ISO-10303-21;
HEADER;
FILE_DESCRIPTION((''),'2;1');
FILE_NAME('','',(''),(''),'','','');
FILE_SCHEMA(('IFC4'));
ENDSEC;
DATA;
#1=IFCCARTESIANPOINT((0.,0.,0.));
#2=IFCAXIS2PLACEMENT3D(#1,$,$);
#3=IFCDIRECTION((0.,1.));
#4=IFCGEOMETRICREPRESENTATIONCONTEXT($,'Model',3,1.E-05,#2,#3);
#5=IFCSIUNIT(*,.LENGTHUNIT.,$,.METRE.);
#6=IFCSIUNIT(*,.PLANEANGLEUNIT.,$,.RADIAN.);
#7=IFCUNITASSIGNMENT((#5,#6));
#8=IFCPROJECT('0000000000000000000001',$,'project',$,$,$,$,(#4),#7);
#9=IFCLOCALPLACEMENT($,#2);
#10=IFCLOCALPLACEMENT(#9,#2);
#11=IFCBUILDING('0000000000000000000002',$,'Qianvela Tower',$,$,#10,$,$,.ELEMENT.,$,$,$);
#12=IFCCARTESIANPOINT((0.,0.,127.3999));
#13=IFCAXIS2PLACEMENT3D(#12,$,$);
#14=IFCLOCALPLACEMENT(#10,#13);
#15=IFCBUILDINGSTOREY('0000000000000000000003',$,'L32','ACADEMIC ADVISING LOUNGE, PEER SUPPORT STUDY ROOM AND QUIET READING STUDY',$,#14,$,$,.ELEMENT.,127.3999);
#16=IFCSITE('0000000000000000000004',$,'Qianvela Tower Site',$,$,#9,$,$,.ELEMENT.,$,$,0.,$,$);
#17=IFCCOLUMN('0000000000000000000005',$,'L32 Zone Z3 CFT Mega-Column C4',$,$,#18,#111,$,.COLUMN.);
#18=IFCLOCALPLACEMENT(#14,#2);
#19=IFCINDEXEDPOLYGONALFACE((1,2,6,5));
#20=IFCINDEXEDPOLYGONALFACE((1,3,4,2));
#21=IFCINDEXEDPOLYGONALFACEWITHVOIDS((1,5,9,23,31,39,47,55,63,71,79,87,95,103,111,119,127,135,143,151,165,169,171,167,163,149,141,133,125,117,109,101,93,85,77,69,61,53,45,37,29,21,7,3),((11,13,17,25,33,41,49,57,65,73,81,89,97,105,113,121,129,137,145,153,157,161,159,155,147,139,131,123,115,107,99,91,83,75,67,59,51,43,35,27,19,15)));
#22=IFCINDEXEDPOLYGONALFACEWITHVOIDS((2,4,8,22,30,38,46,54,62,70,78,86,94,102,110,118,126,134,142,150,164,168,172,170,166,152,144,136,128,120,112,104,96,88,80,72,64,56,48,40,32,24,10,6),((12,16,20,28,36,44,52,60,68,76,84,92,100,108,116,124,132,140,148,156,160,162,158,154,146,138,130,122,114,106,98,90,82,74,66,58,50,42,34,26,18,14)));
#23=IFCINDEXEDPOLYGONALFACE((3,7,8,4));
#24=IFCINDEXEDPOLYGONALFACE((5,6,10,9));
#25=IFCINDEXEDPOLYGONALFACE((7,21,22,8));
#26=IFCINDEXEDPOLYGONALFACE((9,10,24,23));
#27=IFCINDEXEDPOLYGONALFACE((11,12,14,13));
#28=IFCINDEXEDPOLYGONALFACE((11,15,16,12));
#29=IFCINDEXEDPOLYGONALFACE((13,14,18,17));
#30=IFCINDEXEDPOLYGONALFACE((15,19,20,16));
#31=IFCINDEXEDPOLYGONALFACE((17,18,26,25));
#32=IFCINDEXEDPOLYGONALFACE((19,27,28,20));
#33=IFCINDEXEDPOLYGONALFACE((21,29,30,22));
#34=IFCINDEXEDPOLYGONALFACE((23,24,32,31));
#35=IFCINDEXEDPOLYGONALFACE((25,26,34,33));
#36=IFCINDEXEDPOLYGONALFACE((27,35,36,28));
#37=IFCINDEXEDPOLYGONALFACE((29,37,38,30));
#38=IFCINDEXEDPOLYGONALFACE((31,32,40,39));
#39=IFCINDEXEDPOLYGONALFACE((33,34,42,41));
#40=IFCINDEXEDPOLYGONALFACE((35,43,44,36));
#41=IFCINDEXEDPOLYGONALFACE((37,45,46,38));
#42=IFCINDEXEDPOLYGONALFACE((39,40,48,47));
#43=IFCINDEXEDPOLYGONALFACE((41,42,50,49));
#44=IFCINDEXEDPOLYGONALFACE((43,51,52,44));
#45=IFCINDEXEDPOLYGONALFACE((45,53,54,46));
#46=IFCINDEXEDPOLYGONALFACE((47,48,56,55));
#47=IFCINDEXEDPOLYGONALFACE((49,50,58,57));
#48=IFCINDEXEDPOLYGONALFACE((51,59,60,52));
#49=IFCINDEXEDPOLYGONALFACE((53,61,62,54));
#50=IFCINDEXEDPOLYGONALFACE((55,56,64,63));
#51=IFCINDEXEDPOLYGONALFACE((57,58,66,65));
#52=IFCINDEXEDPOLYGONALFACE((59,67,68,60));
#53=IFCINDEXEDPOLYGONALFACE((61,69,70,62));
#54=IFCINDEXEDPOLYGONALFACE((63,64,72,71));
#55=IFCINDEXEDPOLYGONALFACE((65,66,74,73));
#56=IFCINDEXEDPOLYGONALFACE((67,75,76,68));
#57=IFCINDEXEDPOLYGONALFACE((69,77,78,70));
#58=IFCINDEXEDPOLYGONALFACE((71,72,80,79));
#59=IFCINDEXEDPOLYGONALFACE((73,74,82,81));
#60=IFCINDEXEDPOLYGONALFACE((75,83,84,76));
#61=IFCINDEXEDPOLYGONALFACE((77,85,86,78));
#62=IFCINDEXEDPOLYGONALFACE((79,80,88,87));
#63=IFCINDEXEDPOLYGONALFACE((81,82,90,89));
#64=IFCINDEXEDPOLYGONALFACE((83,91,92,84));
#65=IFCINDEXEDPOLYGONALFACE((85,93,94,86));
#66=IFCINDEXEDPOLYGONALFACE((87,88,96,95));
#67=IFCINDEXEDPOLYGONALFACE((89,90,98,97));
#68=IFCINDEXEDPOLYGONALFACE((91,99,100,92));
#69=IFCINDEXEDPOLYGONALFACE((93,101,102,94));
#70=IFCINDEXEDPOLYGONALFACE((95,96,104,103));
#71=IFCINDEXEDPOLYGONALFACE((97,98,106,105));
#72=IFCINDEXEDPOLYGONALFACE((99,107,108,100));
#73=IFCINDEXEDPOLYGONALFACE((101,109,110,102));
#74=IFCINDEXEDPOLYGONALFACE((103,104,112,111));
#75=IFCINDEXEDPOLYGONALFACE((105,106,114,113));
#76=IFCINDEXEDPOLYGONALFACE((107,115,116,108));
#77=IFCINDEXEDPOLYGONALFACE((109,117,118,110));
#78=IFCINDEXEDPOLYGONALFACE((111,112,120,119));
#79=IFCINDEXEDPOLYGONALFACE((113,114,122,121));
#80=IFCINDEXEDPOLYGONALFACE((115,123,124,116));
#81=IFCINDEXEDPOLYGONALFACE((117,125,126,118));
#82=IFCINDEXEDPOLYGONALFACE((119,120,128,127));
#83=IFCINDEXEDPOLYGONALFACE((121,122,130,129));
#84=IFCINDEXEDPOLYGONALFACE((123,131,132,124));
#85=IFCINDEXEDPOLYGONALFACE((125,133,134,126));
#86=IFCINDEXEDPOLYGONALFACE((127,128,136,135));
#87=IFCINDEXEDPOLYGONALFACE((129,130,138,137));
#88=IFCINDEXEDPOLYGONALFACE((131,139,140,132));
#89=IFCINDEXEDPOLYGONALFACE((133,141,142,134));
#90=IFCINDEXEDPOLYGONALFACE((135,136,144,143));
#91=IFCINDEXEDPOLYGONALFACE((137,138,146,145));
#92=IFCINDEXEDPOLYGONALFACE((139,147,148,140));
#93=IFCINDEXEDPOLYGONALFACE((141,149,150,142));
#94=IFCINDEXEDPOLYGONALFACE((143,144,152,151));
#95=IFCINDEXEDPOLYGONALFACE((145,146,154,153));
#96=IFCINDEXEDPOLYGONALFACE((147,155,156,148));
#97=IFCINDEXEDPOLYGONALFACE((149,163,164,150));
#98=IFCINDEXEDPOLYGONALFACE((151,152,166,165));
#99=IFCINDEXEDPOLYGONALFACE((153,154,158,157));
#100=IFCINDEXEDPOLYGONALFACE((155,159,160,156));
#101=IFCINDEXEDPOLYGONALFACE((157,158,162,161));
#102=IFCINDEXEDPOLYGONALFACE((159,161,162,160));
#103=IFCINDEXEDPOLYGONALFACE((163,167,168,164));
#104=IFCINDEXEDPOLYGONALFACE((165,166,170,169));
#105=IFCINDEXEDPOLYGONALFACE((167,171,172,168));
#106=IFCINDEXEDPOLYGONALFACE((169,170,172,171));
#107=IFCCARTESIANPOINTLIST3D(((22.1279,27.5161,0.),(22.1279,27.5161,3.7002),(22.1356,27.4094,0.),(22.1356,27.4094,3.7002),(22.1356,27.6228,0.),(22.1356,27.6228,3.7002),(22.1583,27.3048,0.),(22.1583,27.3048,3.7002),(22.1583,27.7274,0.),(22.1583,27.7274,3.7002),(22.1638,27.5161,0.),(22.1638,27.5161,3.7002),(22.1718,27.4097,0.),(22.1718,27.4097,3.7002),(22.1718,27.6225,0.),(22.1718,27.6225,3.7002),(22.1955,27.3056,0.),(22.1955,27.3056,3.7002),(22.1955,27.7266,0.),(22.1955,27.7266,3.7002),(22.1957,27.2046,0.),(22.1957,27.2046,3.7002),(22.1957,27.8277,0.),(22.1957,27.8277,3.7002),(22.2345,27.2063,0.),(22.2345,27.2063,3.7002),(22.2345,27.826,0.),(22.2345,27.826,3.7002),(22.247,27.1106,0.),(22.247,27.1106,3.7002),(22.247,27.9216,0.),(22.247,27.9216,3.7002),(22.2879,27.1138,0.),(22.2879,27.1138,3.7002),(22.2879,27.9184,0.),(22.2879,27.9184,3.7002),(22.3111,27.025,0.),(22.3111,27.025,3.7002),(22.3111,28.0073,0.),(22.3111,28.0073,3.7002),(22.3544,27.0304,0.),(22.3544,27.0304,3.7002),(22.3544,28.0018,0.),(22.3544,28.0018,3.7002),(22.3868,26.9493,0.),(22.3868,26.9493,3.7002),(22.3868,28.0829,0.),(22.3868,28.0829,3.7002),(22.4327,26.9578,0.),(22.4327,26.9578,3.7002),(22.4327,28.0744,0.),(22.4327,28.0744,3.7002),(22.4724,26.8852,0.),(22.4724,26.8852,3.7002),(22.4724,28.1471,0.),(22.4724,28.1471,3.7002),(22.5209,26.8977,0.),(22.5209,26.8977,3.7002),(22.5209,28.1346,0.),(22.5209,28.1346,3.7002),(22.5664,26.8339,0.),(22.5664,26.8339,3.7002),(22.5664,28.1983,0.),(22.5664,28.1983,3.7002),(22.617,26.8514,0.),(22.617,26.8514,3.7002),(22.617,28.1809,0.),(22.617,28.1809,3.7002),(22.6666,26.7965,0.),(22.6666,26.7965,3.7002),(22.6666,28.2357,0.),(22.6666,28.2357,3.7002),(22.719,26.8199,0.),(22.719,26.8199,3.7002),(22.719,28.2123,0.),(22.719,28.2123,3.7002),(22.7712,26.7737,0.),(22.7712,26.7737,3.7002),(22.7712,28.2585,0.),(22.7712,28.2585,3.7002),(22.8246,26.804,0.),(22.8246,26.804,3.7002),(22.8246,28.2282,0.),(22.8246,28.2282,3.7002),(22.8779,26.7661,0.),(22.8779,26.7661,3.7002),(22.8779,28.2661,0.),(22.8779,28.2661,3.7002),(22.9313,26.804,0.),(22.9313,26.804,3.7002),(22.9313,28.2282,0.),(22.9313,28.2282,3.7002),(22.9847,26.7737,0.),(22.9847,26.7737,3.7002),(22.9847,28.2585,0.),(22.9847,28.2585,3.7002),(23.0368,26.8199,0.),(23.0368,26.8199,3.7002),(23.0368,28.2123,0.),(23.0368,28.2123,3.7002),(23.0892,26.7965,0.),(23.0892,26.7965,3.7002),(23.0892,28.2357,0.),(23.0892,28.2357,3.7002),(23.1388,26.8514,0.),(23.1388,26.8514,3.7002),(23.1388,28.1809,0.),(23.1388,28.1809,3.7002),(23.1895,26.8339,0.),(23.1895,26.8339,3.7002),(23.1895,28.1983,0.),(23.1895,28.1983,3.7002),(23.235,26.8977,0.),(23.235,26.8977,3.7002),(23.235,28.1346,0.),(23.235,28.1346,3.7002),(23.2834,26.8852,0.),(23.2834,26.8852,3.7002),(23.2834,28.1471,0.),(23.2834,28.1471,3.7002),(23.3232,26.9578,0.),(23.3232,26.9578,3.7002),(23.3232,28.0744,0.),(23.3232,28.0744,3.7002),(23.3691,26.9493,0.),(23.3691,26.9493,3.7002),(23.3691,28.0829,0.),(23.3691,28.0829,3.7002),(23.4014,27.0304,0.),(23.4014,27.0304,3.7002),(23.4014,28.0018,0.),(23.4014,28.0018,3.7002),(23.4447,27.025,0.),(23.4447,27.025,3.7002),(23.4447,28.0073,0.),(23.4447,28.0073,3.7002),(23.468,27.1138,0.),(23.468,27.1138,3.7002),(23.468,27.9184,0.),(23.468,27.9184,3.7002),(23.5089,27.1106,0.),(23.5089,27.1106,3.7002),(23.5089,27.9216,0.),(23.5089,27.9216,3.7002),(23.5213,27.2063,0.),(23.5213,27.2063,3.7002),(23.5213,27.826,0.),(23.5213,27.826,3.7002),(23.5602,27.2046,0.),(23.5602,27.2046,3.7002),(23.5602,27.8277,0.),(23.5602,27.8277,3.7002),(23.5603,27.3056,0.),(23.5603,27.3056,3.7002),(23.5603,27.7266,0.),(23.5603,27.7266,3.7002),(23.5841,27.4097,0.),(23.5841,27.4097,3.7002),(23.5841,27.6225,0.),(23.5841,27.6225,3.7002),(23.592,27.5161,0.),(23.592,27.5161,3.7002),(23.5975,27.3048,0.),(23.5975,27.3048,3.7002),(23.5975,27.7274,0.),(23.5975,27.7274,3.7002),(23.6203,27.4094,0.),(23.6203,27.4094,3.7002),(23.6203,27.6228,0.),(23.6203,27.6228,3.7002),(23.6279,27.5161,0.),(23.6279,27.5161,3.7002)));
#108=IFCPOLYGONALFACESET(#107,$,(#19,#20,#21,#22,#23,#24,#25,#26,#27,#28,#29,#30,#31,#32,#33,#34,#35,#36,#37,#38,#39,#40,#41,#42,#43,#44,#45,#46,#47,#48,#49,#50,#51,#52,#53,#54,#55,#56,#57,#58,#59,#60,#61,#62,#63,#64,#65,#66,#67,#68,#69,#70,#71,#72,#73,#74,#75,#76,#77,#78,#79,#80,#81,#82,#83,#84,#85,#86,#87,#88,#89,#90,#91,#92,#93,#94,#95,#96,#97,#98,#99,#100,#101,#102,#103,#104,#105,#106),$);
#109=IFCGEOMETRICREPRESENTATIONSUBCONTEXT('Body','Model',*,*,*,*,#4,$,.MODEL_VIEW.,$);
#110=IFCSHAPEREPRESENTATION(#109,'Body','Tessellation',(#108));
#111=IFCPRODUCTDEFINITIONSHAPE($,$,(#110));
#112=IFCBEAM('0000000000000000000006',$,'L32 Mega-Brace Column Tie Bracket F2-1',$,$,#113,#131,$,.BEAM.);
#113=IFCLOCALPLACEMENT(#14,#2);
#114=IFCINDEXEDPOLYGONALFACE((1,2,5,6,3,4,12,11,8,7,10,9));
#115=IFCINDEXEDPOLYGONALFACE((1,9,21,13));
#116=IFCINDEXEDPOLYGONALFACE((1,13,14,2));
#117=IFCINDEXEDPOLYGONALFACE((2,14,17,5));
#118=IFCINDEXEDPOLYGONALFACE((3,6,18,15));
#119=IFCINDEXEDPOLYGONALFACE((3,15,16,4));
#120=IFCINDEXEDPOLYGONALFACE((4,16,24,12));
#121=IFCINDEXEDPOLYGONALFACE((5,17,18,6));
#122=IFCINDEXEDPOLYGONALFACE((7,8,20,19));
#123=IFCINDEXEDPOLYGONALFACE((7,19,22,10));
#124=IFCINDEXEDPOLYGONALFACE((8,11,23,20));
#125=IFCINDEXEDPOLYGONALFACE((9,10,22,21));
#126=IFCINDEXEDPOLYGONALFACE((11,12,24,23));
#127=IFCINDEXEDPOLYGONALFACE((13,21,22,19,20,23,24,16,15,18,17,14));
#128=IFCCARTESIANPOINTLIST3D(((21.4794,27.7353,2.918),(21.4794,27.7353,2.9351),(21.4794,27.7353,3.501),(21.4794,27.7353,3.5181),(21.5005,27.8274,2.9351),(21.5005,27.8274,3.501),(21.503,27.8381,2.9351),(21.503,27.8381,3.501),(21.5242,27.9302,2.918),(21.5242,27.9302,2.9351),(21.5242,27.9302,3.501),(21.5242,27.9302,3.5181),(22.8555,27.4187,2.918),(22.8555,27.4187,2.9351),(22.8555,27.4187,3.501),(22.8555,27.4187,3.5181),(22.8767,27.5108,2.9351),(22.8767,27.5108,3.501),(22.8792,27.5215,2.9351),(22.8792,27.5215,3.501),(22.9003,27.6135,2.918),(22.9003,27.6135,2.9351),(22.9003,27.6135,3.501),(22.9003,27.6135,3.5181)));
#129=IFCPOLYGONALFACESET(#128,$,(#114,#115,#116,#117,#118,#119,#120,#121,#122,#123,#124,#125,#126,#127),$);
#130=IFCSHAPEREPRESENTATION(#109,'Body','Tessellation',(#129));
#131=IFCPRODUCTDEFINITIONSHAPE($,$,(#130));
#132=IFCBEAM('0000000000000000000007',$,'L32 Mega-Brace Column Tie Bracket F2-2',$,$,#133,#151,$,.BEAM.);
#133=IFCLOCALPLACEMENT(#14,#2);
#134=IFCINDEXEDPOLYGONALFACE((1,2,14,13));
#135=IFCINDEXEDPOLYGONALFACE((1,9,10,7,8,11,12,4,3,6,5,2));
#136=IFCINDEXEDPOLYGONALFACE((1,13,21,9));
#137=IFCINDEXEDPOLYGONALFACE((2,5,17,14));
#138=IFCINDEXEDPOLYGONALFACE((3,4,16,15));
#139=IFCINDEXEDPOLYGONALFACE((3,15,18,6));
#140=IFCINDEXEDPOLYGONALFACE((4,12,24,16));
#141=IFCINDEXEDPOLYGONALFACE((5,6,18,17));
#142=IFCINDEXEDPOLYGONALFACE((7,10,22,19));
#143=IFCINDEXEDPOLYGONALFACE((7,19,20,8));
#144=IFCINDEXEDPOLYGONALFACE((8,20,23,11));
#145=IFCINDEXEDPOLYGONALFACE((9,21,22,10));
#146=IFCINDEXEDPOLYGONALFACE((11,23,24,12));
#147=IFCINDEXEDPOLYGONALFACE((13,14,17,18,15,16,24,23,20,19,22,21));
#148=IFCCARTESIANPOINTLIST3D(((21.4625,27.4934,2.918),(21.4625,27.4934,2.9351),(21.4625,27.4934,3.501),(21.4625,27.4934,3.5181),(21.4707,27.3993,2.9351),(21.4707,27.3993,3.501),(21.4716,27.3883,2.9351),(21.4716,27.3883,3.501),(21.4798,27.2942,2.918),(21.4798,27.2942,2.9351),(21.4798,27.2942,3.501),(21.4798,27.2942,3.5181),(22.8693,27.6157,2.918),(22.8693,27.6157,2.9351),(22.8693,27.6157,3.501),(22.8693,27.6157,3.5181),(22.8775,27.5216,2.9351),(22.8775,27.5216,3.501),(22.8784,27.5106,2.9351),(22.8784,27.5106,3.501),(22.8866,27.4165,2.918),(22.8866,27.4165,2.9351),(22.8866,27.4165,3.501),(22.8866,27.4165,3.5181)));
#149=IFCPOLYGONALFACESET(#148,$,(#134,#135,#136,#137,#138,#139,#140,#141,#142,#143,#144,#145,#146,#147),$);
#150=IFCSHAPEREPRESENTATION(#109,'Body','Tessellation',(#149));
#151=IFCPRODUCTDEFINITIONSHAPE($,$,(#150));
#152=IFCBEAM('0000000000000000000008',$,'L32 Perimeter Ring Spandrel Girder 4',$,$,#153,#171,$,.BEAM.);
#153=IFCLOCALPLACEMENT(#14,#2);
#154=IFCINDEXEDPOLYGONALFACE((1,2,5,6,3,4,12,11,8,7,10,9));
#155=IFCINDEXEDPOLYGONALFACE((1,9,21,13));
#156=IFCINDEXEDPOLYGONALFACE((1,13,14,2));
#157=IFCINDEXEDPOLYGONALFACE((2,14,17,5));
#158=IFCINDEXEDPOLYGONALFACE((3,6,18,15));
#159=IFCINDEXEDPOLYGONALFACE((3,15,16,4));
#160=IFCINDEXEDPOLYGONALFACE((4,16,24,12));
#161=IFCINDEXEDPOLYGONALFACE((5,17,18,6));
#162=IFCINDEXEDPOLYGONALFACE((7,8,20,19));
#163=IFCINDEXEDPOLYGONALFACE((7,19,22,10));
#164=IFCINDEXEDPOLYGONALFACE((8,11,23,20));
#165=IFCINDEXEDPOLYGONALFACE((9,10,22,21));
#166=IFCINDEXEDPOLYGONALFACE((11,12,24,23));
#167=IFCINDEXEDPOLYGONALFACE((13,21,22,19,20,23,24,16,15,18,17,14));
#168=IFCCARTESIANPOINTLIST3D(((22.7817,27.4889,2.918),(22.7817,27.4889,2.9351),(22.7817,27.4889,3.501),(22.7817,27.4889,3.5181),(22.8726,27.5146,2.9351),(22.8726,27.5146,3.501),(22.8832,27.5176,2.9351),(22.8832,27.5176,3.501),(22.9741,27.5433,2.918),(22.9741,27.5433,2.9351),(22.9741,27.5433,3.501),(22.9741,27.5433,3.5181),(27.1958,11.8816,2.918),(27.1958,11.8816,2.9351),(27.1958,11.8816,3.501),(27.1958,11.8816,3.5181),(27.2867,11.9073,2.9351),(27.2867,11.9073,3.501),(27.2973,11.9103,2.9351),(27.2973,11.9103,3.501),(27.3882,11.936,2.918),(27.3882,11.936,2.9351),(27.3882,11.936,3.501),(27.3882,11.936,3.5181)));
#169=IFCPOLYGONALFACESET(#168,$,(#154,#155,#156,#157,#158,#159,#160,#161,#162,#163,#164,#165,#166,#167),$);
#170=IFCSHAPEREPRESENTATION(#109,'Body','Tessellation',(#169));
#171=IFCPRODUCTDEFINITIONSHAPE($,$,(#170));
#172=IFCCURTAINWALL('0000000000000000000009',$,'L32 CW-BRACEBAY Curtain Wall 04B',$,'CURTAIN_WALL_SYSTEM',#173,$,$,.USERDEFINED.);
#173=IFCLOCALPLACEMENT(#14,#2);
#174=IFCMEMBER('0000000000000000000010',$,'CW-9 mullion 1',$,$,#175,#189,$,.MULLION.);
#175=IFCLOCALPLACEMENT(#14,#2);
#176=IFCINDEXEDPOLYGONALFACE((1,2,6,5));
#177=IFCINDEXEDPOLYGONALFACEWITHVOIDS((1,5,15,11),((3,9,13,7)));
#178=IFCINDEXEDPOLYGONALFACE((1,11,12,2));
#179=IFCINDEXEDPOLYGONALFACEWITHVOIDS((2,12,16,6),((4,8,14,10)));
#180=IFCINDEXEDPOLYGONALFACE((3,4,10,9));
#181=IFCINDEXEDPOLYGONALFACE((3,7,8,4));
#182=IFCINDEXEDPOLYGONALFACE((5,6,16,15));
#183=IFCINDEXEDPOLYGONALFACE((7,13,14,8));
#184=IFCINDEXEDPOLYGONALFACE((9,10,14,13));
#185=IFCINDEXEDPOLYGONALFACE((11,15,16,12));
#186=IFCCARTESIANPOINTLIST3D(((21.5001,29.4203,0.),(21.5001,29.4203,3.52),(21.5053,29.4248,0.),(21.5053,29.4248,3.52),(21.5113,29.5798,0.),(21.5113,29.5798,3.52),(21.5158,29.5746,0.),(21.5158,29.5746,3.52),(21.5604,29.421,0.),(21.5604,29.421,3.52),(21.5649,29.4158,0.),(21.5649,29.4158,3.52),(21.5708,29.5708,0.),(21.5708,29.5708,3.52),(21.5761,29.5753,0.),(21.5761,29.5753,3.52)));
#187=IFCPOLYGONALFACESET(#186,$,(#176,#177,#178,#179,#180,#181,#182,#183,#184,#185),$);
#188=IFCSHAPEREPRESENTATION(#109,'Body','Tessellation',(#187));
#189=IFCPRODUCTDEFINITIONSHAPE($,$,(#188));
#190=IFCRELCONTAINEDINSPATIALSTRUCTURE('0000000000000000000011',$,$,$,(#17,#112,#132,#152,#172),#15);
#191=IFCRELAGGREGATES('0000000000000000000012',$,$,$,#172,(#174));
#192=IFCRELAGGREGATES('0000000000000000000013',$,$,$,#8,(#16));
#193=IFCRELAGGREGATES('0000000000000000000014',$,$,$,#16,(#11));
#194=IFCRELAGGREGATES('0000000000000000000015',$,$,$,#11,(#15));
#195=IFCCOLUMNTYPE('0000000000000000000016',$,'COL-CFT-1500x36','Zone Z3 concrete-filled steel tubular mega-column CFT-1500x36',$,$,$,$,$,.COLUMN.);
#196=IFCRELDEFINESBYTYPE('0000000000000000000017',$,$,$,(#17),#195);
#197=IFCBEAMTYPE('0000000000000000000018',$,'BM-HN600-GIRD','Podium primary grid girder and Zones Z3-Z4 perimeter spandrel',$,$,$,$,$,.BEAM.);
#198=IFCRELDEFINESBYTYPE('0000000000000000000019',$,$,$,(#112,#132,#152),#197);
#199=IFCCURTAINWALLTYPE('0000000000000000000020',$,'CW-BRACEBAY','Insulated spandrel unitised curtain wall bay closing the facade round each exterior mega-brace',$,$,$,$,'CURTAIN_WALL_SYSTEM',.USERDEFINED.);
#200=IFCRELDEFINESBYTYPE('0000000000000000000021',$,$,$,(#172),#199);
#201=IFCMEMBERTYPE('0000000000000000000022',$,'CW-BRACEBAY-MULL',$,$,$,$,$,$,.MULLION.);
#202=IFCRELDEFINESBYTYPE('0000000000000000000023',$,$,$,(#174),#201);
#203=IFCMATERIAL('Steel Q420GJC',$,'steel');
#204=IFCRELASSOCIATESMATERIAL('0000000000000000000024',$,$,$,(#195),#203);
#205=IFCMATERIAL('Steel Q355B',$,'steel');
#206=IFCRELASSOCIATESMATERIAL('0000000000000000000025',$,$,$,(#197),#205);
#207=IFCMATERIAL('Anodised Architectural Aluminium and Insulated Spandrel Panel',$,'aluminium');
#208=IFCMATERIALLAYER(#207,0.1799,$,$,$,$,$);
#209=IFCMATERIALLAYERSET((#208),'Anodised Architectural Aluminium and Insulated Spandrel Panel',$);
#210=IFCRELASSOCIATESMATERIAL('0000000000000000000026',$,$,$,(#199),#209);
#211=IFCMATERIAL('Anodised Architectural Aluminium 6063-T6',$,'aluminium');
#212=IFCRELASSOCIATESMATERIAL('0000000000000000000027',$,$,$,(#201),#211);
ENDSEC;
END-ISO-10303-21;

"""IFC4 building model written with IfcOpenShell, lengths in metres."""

from ifc_helpers import new_model, si_unit, direction, frame, origin, origin_2d, place, context, subcontext, project, spatial, hollow_rectangle, hollow_circle, i_section, extrude, material, layer, layer_set, material_profile, profile_set, type_object, element, aggregate, save


model = new_model("IFC4")

# Units and contexts
model_context = context("Model", 3, precision=1e-05, world=origin(), true_north=direction((0.0, 1.0)))
body_context = subcontext(model_context, "Body", "Model", "MODEL_VIEW")
ifc_project = project(units=[si_unit("LENGTHUNIT", "METRE"), si_unit("PLANEANGLEUNIT", "RADIAN")], contexts=[model_context])

# Site, building, storey
site_placement = place(None, origin())
site = spatial("IfcSite", under=ifc_project, at=site_placement, Name="Qianvela Tower Site", CompositionType="ELEMENT", RefElevation=0.0)
building_placement = place(site_placement, origin())
building = spatial("IfcBuilding", under=site, at=building_placement, Name="Qianvela Tower", CompositionType="ELEMENT")
storey_placement = place(building_placement, frame((0.0, 0.0, 127.3999)))
storey = spatial("IfcBuildingStorey", under=building, at=storey_placement, Name="L32", Description="ACADEMIC ADVISING LOUNGE, PEER SUPPORT STUDY ROOM AND QUIET READING STUDY", CompositionType="ELEMENT", Elevation=127.3999)

# Column
ifc_material_1 = material(Name="Steel Q420GJC", Category="steel")
ifc_material_profile_1 = material_profile(ifc_material_1, hollow_circle(Radius=0.75, WallThickness=0.0359, at=origin_2d()), Name="CFT-1500x36")
ifc_profile_set_1 = profile_set([ifc_material_profile_1], Name="Steel Q420GJC")
column_type = type_object("IfcColumnType", Name="COL-CFT-1500x36", Description="Zone Z3 concrete-filled steel tubular mega-column CFT-1500x36", PredefinedType="COLUMN", material=ifc_profile_set_1)
column_placement = place(storey_placement, frame((22.8779, 27.5161, 0.0), z_axis=(0.0, 0.0, 1.0), x_axis=(1.0, 0.0, 0.0)))
element("IfcColumn", 1, at=column_placement, inside=storey, type_object=column_type, Name="L32 Zone Z3 CFT Mega-Column C4", PredefinedType="COLUMN", context=body_context, shape_type="SweptSolid", body=[
    extrude(hollow_circle(Radius=0.75, WallThickness=0.0359, at=origin_2d()), origin(), (0.0, 0.0, 1.0), 3.7002),
])

# Beams
ifc_material_2 = material(Name="Steel Q355B", Category="steel")
ifc_material_profile_2 = material_profile(ifc_material_2, i_section(OverallWidth=0.2, OverallDepth=0.6001, WebThickness=0.011, FlangeThickness=0.0171, at=origin_2d()), Name="HN600x200x11x17")
ifc_profile_set_2 = profile_set([ifc_material_profile_2], Name="Steel Q355B")
beam_type = type_object("IfcBeamType", Name="BM-HN600-GIRD", Description="Podium primary grid girder and Zones Z3-Z4 perimeter spandrel", PredefinedType="BEAM", material=ifc_profile_set_2)
for number, where, z_axis, x_axis, name in (
    (2, (22.8779, 27.5161, 3.218), (-0.974537, 0.224228, 0.0), (-0.224228, -0.974537, 0.0), "L32 Mega-Brace Column Tie Bracket F2-1"),
    (3, (22.8779, 27.5161, 3.218), (-0.996241, -0.086622, 0.0), (0.086622, -0.996241, 0.0), "L32 Mega-Brace Column Tie Bracket F2-2"),
):
    element("IfcBeam", number, at=place(storey_placement, frame(where, z_axis=z_axis, x_axis=x_axis)), inside=storey, type_object=beam_type, Name=name, PredefinedType="BEAM", context=body_context, shape_type="SweptSolid", body=[
        extrude(i_section(OverallWidth=0.2, OverallDepth=0.6001, WebThickness=0.011, FlangeThickness=0.0171, at=origin_2d()), origin(), (0.0, 0.0, 1.0), 1.4121),
    ])
beam_placement = place(storey_placement, frame((22.8779, 27.5161, 3.218), z_axis=(0.272148, -0.962256, 0.0), x_axis=(0.962256, 0.272148, 0.0)))
element("IfcBeam", 4, at=beam_placement, inside=storey, type_object=beam_type, Name="L32 Perimeter Ring Spandrel Girder 4", PredefinedType="BEAM", context=body_context, shape_type="SweptSolid", body=[
    extrude(i_section(OverallWidth=0.2, OverallDepth=0.6001, WebThickness=0.011, FlangeThickness=0.0171, at=origin_2d()), origin(), (0.0, 0.0, 1.0), 16.2195),
])

# Curtain wall, member
ifc_material_3 = material(Name="Anodised Architectural Aluminium and Insulated Spandrel Panel", Category="aluminium")
ifc_layer_1 = layer(ifc_material_3, 0.1799)
ifc_layer_set_1 = layer_set([ifc_layer_1], Name="Anodised Architectural Aluminium and Insulated Spandrel Panel")
curtain_wall_type_1 = type_object("IfcCurtainWallType", Name="CW-BRACEBAY", Description="Insulated spandrel unitised curtain wall bay closing the facade round each exterior mega-brace", ElementType="CURTAIN_WALL_SYSTEM", PredefinedType="USERDEFINED", material=ifc_layer_set_1)
curtain_wall_1_placement = place(storey_placement, origin())
curtain_wall_1 = element("IfcCurtainWall", 5, at=curtain_wall_1_placement, inside=storey, type_object=curtain_wall_type_1, Name="L32 CW-BRACEBAY Curtain Wall 04B", ObjectType="CURTAIN_WALL_SYSTEM", PredefinedType="USERDEFINED")
ifc_material_4 = material(Name="Anodised Architectural Aluminium 6063-T6", Category="aluminium")
ifc_material_profile_3 = material_profile(ifc_material_4, hollow_rectangle(XDim=0.0649, YDim=0.1599, WallThickness=0.0049, at=origin_2d()), Name="ALU-MULL-65x160")
ifc_profile_set_3 = profile_set([ifc_material_profile_3], Name="Anodised Architectural Aluminium 6063-T6")
member_type_1 = type_object("IfcMemberType", Name="CW-BRACEBAY-MULL", PredefinedType="MULLION", material=ifc_profile_set_3)
member_1_placement = place(storey_placement, frame((21.5381, 29.4978, 0.0), z_axis=(0.0, 0.0, 1.0), x_axis=(0.997564, -0.069762, 0.0)))
member_1 = element("IfcMember", 6, at=member_1_placement, type_object=member_type_1, Name="CW-9 mullion 1", PredefinedType="MULLION", context=body_context, shape_type="SweptSolid", body=[
    extrude(hollow_rectangle(XDim=0.0649, YDim=0.1599, WallThickness=0.0049, at=origin_2d()), origin(), (0.0, 0.0, 1.0), 3.52),
])

aggregate(curtain_wall_1, [member_1])

save(model, "model.ifc")
